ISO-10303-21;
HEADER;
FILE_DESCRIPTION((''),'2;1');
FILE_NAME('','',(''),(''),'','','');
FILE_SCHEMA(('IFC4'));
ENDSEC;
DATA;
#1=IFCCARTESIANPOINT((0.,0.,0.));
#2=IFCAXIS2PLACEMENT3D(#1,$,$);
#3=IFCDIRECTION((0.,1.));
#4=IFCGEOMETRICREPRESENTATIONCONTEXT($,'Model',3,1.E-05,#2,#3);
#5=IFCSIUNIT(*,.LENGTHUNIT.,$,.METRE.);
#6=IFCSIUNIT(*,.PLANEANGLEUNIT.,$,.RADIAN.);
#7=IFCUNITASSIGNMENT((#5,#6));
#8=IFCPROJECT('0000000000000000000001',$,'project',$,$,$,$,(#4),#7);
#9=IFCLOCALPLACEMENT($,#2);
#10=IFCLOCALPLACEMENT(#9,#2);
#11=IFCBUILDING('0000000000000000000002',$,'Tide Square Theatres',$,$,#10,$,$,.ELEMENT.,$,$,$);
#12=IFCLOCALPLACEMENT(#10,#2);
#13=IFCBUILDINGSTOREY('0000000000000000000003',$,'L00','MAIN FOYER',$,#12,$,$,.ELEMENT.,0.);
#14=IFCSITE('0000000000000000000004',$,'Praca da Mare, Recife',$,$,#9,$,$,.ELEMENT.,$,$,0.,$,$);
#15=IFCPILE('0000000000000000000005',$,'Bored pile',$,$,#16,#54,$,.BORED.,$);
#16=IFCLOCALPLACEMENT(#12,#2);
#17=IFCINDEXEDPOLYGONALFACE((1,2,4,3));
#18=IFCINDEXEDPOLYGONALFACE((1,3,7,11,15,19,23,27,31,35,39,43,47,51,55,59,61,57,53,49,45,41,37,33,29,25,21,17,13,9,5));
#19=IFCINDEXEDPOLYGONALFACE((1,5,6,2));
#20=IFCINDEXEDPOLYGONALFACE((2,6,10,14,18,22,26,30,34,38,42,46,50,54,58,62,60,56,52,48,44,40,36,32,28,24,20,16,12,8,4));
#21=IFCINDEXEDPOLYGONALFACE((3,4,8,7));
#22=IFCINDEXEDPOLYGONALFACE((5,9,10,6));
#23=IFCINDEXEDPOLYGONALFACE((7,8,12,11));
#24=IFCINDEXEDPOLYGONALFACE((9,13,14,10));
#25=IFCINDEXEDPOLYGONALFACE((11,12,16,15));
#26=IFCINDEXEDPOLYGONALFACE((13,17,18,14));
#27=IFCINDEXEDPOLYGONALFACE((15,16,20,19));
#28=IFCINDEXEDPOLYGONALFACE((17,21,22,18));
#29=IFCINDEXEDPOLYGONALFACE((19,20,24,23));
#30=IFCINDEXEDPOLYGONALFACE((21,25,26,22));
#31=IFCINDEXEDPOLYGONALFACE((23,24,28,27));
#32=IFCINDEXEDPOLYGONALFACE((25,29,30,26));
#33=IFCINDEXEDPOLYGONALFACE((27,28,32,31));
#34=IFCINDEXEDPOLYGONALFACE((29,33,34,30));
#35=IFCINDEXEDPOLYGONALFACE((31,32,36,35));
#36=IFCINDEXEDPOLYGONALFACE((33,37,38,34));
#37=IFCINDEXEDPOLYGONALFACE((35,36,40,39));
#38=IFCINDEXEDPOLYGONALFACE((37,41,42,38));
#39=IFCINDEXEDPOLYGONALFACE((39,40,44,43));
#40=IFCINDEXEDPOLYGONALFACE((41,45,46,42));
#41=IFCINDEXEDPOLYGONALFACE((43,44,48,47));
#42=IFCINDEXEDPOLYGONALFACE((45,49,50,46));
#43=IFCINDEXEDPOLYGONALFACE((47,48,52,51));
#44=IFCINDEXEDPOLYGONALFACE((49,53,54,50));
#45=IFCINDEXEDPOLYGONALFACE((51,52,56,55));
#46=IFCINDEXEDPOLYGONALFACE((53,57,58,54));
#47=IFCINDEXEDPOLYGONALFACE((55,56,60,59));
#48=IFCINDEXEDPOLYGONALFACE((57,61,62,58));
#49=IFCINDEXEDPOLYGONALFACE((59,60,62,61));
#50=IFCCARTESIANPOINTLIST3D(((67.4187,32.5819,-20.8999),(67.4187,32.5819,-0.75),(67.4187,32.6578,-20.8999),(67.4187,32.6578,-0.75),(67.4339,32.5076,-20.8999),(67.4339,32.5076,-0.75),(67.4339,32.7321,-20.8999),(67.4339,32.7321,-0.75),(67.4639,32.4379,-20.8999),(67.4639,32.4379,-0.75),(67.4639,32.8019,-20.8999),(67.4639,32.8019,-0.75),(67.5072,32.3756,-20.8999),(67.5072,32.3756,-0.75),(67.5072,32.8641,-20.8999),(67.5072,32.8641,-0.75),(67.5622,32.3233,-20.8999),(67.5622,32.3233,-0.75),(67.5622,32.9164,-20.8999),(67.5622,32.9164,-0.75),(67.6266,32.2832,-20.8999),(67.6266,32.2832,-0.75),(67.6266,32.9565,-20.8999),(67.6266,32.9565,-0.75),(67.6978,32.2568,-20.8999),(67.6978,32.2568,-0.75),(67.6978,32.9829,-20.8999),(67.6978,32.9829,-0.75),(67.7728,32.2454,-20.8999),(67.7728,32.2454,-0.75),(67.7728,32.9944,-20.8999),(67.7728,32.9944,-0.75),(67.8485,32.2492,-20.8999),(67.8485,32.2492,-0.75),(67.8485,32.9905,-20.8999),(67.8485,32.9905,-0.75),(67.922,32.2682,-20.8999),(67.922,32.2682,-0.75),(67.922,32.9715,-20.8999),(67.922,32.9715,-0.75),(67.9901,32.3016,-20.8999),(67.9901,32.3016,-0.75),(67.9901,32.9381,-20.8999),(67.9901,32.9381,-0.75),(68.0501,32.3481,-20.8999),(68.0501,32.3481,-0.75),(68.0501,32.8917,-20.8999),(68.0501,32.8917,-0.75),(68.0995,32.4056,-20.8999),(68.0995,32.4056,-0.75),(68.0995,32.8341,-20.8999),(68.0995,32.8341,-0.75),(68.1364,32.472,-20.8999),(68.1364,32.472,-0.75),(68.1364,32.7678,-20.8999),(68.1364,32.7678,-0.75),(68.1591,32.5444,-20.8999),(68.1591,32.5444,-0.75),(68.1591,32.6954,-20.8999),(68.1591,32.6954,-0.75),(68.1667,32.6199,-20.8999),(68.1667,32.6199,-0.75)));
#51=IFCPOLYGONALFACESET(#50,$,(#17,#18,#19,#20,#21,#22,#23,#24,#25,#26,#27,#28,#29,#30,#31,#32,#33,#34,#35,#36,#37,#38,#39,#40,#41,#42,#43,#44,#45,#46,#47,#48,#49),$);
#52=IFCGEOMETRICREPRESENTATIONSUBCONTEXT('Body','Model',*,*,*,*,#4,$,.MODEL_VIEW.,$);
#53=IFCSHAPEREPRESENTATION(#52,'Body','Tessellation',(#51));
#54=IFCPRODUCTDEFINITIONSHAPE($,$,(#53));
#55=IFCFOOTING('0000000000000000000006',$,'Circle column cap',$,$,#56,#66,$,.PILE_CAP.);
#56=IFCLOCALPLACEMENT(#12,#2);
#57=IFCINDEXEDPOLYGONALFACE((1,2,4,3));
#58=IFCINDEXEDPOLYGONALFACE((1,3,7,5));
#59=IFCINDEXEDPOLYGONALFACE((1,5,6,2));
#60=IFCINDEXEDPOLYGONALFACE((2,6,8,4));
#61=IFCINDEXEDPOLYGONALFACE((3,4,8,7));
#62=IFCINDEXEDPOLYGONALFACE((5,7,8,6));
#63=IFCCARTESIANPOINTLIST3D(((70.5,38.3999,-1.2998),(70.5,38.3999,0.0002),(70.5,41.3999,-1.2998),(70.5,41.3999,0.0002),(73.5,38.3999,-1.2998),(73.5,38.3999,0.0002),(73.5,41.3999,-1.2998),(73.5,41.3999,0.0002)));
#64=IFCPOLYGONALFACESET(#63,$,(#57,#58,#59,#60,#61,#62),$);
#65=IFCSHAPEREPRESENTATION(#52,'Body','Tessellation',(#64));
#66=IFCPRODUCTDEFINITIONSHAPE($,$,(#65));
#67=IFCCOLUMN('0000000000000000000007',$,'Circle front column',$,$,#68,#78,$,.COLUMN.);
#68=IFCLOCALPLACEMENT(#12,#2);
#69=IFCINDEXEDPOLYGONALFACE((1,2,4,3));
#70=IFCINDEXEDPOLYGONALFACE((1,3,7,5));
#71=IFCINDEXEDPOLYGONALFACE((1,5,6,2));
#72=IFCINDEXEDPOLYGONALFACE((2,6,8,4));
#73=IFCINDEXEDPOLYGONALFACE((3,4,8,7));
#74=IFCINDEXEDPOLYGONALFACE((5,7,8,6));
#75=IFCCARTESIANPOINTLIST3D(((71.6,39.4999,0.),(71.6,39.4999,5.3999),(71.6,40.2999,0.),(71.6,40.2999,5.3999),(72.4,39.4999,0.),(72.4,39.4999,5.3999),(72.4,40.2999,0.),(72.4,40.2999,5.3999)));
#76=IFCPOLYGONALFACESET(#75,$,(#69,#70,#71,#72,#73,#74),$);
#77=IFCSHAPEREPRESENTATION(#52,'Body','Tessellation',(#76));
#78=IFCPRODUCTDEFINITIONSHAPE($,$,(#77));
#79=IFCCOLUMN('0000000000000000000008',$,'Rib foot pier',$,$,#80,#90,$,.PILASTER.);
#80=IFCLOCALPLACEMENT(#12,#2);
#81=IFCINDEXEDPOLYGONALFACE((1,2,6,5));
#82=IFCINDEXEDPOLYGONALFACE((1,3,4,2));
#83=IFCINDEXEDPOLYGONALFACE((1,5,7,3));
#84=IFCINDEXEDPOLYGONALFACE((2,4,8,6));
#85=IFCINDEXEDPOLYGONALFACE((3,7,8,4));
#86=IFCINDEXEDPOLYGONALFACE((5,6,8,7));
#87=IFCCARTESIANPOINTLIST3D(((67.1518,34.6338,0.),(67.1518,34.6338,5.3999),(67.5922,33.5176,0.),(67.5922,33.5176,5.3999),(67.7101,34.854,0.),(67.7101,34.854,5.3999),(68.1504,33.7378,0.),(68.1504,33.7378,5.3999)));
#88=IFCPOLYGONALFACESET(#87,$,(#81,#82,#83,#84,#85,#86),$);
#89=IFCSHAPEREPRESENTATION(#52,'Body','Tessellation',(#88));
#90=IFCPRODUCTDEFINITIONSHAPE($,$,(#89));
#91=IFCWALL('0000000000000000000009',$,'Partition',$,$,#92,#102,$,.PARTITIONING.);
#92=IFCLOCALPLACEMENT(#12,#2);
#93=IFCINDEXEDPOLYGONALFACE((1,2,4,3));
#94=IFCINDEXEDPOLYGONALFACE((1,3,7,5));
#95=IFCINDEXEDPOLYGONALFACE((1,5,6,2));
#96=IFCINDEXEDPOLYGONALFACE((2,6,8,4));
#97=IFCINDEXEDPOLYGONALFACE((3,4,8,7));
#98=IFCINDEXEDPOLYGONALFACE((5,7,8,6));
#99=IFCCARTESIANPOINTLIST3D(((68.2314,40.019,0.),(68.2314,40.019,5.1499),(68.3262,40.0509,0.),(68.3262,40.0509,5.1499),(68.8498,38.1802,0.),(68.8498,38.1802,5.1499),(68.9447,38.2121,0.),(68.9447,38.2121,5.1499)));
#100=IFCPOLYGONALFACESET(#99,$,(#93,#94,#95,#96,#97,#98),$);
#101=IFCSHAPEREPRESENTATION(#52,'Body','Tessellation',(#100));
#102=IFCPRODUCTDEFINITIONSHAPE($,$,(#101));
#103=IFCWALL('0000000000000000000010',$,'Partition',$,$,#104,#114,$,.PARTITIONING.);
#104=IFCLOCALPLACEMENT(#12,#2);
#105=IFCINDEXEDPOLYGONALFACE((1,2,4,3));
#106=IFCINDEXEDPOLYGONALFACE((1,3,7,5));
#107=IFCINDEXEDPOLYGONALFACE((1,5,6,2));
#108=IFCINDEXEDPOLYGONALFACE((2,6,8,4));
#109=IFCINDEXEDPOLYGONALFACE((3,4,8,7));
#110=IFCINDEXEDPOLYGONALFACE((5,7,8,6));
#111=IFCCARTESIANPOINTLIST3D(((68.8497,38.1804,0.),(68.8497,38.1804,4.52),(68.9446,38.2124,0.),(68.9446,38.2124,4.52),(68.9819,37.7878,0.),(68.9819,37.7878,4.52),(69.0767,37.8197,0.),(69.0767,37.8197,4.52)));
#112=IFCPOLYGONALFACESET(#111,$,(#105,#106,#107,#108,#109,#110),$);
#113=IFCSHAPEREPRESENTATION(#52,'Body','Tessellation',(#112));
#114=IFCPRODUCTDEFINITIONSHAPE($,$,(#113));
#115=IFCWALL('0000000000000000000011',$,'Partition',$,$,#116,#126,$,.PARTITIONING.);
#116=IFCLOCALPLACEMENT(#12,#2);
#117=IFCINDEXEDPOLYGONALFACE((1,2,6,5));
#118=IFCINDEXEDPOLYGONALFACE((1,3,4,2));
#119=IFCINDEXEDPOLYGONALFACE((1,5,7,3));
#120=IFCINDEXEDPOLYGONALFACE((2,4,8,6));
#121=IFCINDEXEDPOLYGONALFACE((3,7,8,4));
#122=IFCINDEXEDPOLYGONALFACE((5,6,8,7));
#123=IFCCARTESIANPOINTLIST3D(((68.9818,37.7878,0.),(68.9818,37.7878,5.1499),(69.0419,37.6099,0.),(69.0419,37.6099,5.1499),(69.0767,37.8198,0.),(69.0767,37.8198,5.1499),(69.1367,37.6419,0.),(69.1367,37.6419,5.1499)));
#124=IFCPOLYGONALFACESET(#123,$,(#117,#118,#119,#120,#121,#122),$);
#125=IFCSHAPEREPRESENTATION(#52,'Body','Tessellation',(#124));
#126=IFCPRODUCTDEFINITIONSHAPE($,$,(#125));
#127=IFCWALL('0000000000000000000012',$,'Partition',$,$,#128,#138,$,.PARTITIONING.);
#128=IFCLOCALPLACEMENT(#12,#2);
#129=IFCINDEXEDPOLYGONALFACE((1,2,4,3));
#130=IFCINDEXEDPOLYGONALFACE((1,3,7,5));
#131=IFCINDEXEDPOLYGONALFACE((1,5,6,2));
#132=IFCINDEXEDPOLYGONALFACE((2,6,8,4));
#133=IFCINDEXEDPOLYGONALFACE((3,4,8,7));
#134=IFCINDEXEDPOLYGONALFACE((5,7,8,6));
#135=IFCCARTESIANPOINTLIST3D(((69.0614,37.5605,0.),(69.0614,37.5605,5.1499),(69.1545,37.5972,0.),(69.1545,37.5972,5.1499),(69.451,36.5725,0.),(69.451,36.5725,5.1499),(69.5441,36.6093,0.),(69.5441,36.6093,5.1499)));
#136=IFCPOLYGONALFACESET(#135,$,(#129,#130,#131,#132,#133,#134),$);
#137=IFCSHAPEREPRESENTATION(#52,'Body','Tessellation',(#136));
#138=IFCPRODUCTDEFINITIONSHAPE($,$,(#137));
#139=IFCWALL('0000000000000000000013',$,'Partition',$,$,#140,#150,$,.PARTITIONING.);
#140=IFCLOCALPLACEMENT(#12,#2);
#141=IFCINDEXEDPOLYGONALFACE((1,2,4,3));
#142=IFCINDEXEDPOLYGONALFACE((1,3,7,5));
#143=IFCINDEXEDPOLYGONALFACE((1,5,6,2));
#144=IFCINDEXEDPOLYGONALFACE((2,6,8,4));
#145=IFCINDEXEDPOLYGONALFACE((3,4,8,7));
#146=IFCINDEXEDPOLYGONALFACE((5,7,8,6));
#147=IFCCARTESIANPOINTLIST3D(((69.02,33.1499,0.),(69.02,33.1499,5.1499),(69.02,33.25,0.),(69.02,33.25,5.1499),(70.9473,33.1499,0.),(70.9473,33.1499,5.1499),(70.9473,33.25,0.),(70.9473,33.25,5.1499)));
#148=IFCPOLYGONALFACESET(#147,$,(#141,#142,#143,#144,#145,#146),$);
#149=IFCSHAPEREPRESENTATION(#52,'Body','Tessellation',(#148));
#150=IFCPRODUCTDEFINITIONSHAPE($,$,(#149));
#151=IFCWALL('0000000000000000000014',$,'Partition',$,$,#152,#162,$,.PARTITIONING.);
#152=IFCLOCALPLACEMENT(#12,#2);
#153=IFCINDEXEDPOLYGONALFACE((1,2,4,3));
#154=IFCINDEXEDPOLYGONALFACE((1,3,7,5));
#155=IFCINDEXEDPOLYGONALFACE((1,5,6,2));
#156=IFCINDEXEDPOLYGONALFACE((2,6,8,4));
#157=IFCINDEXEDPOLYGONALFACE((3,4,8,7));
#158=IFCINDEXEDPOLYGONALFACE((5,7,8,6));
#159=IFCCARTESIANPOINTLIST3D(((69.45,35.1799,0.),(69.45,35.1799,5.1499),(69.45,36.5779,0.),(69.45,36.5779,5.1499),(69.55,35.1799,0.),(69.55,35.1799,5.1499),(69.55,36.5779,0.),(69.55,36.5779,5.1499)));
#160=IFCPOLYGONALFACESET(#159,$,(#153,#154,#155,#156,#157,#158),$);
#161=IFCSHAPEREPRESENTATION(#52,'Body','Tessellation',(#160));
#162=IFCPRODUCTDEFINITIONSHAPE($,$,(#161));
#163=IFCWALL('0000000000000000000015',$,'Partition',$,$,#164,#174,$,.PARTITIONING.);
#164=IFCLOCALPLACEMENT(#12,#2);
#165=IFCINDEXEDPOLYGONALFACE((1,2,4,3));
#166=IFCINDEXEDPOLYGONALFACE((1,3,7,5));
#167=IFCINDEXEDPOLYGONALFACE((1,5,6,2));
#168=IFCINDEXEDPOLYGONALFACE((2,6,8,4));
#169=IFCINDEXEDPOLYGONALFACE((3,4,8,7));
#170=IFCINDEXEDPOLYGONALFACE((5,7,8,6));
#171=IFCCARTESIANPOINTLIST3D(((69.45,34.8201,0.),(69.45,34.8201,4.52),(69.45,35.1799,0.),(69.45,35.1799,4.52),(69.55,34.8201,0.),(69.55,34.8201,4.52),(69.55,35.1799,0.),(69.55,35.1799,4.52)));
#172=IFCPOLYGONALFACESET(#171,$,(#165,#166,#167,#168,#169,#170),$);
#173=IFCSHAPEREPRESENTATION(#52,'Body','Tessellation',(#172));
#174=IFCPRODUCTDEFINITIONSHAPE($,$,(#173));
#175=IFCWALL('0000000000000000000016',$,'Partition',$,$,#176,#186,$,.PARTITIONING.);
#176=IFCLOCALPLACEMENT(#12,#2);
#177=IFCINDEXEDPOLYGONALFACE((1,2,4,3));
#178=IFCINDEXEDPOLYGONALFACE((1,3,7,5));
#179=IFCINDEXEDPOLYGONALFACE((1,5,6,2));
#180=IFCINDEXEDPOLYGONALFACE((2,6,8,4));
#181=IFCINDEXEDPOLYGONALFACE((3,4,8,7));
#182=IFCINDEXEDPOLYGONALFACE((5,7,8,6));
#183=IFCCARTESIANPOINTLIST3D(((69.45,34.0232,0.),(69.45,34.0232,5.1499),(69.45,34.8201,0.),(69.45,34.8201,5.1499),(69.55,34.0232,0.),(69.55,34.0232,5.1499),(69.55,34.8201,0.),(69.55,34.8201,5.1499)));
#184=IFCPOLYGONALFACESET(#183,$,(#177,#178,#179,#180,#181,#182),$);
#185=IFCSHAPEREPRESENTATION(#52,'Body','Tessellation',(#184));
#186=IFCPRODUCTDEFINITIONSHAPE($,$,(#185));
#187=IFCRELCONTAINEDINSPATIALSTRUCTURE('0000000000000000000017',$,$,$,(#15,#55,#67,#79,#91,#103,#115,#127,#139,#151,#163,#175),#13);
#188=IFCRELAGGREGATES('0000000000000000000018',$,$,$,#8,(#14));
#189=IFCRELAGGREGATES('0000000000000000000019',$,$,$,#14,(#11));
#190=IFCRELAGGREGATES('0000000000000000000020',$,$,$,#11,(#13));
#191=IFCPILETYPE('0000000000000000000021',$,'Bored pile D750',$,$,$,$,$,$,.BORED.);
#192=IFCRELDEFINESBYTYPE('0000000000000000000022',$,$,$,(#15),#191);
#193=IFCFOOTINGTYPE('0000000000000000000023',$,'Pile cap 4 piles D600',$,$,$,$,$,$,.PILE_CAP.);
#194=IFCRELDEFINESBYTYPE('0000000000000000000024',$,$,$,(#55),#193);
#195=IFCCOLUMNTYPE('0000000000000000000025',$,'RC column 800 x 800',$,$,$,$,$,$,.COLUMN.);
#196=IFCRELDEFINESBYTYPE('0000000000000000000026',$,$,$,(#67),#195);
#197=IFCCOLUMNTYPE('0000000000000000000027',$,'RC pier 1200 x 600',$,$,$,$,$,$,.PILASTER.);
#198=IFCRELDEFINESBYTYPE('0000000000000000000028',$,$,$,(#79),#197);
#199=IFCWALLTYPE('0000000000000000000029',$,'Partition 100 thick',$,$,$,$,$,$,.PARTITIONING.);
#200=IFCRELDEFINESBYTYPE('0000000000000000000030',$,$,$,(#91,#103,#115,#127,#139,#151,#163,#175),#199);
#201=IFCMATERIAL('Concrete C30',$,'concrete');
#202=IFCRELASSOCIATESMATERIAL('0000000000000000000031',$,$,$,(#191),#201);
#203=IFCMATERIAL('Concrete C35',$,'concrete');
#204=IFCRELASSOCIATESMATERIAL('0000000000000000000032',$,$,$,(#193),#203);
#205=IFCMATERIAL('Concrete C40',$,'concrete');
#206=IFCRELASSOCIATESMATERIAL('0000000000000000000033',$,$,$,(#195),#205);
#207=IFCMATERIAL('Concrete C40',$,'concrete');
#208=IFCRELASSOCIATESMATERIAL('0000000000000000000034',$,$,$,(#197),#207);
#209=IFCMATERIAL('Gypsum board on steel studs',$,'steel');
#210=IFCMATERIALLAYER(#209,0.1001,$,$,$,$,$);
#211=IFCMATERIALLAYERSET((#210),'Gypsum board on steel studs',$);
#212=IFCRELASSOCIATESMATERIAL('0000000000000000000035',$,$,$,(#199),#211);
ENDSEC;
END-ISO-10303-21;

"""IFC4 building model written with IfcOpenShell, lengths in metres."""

from ifc_helpers import new_model, si_unit, direction, frame, frame_2d, origin, origin_2d, place, context, subcontext, project, spatial, rectangle, circle, extrude, material, layer, layer_set, material_profile, profile_set, type_object, element, save


model = new_model("IFC4")

# Units and contexts
model_context = context("Model", 3, precision=1e-05, world=origin(), true_north=direction((0.0, 1.0)))
body_context = subcontext(model_context, "Body", "Model", "MODEL_VIEW")
ifc_project = project(units=[si_unit("LENGTHUNIT", "METRE"), si_unit("PLANEANGLEUNIT", "RADIAN")], contexts=[model_context])

# Site, building, storey
site_placement = place(None, origin())
site = spatial("IfcSite", under=ifc_project, at=site_placement, Name="Praca da Mare, Recife", CompositionType="ELEMENT", RefElevation=0.0)
building_placement = place(site_placement, origin())
building = spatial("IfcBuilding", under=site, at=building_placement, Name="Tide Square Theatres", CompositionType="ELEMENT")
storey_placement = place(building_placement, origin())
storey = spatial("IfcBuildingStorey", under=building, at=storey_placement, Name="L00", Description="MAIN FOYER", CompositionType="ELEMENT", Elevation=0.0)

# Pile
ifc_material_1 = material(Name="Concrete C30", Category="concrete")
ifc_material_profile_1 = material_profile(ifc_material_1, circle(Radius=0.375, at=origin_2d()))
ifc_profile_set_1 = profile_set([ifc_material_profile_1], Name="Concrete C30")
pile_type_1 = type_object("IfcPileType", Name="Bored pile D750", PredefinedType="BORED", material=ifc_profile_set_1)
pile_placement = place(storey_placement, frame((67.7917, 32.6199, -0.75), z_axis=(0.0, 0.0, -1.0), x_axis=(1.0, 0.0, 0.0)))
element("IfcPile", 1, at=pile_placement, inside=storey, type_object=pile_type_1, Name="Bored pile", PredefinedType="BORED", context=body_context, shape_type="SweptSolid", body=[
    extrude(circle(Radius=0.375, at=origin_2d()), origin(), (0.0, 0.0, 1.0), 20.1499),
])

# Footing
ifc_material_2 = material(Name="Concrete C35", Category="concrete")
footing_type = type_object("IfcFootingType", Name="Pile cap 4 piles D600", PredefinedType="PILE_CAP", material=ifc_material_2)
footing_placement = place(storey_placement, frame((72.0, 39.8999, -1.2998), z_axis=(0.0, 0.0, 1.0), x_axis=(1.0, 0.0, 0.0)))
element("IfcFooting", 2, at=footing_placement, inside=storey, type_object=footing_type, Name="Circle column cap", PredefinedType="PILE_CAP", context=body_context, shape_type="SweptSolid", body=[
    extrude(rectangle(XDim=3.0, YDim=3.0, at=origin_2d()), origin(), (0.0, 0.0, 1.0), 1.3),
])

# Columns
ifc_material_3 = material(Name="Concrete C40", Category="concrete")
ifc_material_profile_2 = material_profile(ifc_material_3, rectangle(XDim=0.8, YDim=0.8, at=origin_2d()))
ifc_profile_set_2 = profile_set([ifc_material_profile_2], Name="Concrete C40")
column_type_1 = type_object("IfcColumnType", Name="RC column 800 x 800", PredefinedType="COLUMN", material=ifc_profile_set_2)
column_1_placement = place(storey_placement, frame((72.0, 39.8999, 0.0), z_axis=(0.0, 0.0, 1.0), x_axis=(1.0, 0.0, 0.0)))
element("IfcColumn", 3, at=column_1_placement, inside=storey, type_object=column_type_1, Name="Circle front column", PredefinedType="COLUMN", context=body_context, shape_type="SweptSolid", body=[
    extrude(rectangle(XDim=0.8, YDim=0.8, at=origin_2d()), origin(), (0.0, 0.0, 1.0), 5.3999),
])
ifc_material_4 = material(Name="Concrete C40", Category="concrete")
ifc_material_profile_3 = material_profile(ifc_material_4, rectangle(XDim=1.2, YDim=0.6001, at=origin_2d()))
ifc_profile_set_3 = profile_set([ifc_material_profile_3], Name="Concrete C40")
column_type_2 = type_object("IfcColumnType", Name="RC pier 1200 x 600", PredefinedType="PILASTER", material=ifc_profile_set_3)
column_2_placement = place(storey_placement, frame((67.6511, 34.1858, 0.0), z_axis=(0.0, 0.0, 1.0), x_axis=(0.366956, -0.930238, 0.0)))
element("IfcColumn", 4, at=column_2_placement, inside=storey, type_object=column_type_2, Name="Rib foot pier", PredefinedType="PILASTER", context=body_context, shape_type="SweptSolid", body=[
    extrude(rectangle(XDim=1.2, YDim=0.6001, at=origin_2d()), origin(), (0.0, 0.0, 1.0), 5.3999),
])

# Walls
ifc_material_5 = material(Name="Gypsum board on steel studs", Category="steel")
ifc_layer_1 = layer(ifc_material_5, 0.1001)
ifc_layer_set_1 = layer_set([ifc_layer_1], Name="Gypsum board on steel studs")
wall_type_1 = type_object("IfcWallType", Name="Partition 100 thick", PredefinedType="PARTITIONING", material=ifc_layer_set_1)
wall_1_placement = place(storey_placement, frame((68.2788, 40.0349, 0.0), z_axis=(0.0, 0.0, 1.0), x_axis=(0.318794, -0.947824, 0.0)))
element("IfcWall", 5, at=wall_1_placement, inside=storey, type_object=wall_type_1, Name="Partition", PredefinedType="PARTITIONING", context=body_context, shape_type="SweptSolid", body=[
    extrude(rectangle(XDim=1.9399, YDim=0.1001, at=frame_2d((0.97, 0.0))), origin(), (0.0, 0.0, 1.0), 5.1499),
])
wall_2_placement = place(storey_placement, frame((68.8972, 38.1963, 0.0), z_axis=(0.0, 0.0, 1.0), x_axis=(0.318879, -0.947795, 0.0)))
element("IfcWall", 6, at=wall_2_placement, inside=storey, type_object=wall_type_1, Name="Partition", PredefinedType="PARTITIONING", context=body_context, shape_type="SweptSolid", body=[
    extrude(rectangle(XDim=0.4143, YDim=0.1001, at=frame_2d((0.207, 0.0))), origin(), (0.0, 0.0, 1.0), 4.52),
])
wall_3_placement = place(storey_placement, frame((69.0293, 37.8037, 0.0), z_axis=(0.0, 0.0, 1.0), x_axis=(0.319735, -0.947507, 0.0)))
element("IfcWall", 7, at=wall_3_placement, inside=storey, type_object=wall_type_1, Name="Partition", PredefinedType="PARTITIONING", context=body_context, shape_type="SweptSolid", body=[
    extrude(rectangle(XDim=0.1877, YDim=0.1001, at=frame_2d((0.0938, 0.0))), origin(), (0.0, 0.0, 1.0), 5.1499),
])
wall_4_placement = place(storey_placement, frame((69.1079, 37.5789, 0.0), z_axis=(0.0, 0.0, 1.0), x_axis=(0.366868, -0.930273, 0.0)))
element("IfcWall", 8, at=wall_4_placement, inside=storey, type_object=wall_type_1, Name="Partition", PredefinedType="PARTITIONING", context=body_context, shape_type="SweptSolid", body=[
    extrude(rectangle(XDim=1.062, YDim=0.1001, at=frame_2d((0.531, 0.0))), origin(), (0.0, 0.0, 1.0), 5.1499),
])
wall_5_placement = place(storey_placement, frame((69.02, 33.2, 0.0), z_axis=(0.0, 0.0, 1.0), x_axis=(1.0, 0.0, 0.0)))
element("IfcWall", 9, at=wall_5_placement, inside=storey, type_object=wall_type_1, Name="Partition", PredefinedType="PARTITIONING", context=body_context, shape_type="SweptSolid", body=[
    extrude(rectangle(XDim=1.9272, YDim=0.1001, at=frame_2d((0.9636, 0.0))), origin(), (0.0, 0.0, 1.0), 5.1499),
])
wall_6_placement = place(storey_placement, frame((69.5, 36.5779, 0.0), z_axis=(0.0, 0.0, 1.0), x_axis=(0.0, -1.0, 0.0)))
element("IfcWall", 10, at=wall_6_placement, inside=storey, type_object=wall_type_1, Name="Partition", PredefinedType="PARTITIONING", context=body_context, shape_type="SweptSolid", body=[
    extrude(rectangle(XDim=1.3979, YDim=0.1001, at=frame_2d((0.699, 0.0))), origin(), (0.0, 0.0, 1.0), 5.1499),
])
wall_7_placement = place(storey_placement, frame((69.5, 35.1799, 0.0), z_axis=(0.0, 0.0, 1.0), x_axis=(0.0, -1.0, 0.0)))
element("IfcWall", 11, at=wall_7_placement, inside=storey, type_object=wall_type_1, Name="Partition", PredefinedType="PARTITIONING", context=body_context, shape_type="SweptSolid", body=[
    extrude(rectangle(XDim=0.3599, YDim=0.1001, at=frame_2d((0.1799, 0.0))), origin(), (0.0, 0.0, 1.0), 4.52),
])
wall_8_placement = place(storey_placement, frame((69.5, 34.8201, 0.0), z_axis=(0.0, 0.0, 1.0), x_axis=(0.0, -1.0, 0.0)))
element("IfcWall", 12, at=wall_8_placement, inside=storey, type_object=wall_type_1, Name="Partition", PredefinedType="PARTITIONING", context=body_context, shape_type="SweptSolid", body=[
    extrude(rectangle(XDim=0.7969, YDim=0.1001, at=frame_2d((0.3984, 0.0))), origin(), (0.0, 0.0, 1.0), 5.1499),
])

save(model, "model.ifc")
